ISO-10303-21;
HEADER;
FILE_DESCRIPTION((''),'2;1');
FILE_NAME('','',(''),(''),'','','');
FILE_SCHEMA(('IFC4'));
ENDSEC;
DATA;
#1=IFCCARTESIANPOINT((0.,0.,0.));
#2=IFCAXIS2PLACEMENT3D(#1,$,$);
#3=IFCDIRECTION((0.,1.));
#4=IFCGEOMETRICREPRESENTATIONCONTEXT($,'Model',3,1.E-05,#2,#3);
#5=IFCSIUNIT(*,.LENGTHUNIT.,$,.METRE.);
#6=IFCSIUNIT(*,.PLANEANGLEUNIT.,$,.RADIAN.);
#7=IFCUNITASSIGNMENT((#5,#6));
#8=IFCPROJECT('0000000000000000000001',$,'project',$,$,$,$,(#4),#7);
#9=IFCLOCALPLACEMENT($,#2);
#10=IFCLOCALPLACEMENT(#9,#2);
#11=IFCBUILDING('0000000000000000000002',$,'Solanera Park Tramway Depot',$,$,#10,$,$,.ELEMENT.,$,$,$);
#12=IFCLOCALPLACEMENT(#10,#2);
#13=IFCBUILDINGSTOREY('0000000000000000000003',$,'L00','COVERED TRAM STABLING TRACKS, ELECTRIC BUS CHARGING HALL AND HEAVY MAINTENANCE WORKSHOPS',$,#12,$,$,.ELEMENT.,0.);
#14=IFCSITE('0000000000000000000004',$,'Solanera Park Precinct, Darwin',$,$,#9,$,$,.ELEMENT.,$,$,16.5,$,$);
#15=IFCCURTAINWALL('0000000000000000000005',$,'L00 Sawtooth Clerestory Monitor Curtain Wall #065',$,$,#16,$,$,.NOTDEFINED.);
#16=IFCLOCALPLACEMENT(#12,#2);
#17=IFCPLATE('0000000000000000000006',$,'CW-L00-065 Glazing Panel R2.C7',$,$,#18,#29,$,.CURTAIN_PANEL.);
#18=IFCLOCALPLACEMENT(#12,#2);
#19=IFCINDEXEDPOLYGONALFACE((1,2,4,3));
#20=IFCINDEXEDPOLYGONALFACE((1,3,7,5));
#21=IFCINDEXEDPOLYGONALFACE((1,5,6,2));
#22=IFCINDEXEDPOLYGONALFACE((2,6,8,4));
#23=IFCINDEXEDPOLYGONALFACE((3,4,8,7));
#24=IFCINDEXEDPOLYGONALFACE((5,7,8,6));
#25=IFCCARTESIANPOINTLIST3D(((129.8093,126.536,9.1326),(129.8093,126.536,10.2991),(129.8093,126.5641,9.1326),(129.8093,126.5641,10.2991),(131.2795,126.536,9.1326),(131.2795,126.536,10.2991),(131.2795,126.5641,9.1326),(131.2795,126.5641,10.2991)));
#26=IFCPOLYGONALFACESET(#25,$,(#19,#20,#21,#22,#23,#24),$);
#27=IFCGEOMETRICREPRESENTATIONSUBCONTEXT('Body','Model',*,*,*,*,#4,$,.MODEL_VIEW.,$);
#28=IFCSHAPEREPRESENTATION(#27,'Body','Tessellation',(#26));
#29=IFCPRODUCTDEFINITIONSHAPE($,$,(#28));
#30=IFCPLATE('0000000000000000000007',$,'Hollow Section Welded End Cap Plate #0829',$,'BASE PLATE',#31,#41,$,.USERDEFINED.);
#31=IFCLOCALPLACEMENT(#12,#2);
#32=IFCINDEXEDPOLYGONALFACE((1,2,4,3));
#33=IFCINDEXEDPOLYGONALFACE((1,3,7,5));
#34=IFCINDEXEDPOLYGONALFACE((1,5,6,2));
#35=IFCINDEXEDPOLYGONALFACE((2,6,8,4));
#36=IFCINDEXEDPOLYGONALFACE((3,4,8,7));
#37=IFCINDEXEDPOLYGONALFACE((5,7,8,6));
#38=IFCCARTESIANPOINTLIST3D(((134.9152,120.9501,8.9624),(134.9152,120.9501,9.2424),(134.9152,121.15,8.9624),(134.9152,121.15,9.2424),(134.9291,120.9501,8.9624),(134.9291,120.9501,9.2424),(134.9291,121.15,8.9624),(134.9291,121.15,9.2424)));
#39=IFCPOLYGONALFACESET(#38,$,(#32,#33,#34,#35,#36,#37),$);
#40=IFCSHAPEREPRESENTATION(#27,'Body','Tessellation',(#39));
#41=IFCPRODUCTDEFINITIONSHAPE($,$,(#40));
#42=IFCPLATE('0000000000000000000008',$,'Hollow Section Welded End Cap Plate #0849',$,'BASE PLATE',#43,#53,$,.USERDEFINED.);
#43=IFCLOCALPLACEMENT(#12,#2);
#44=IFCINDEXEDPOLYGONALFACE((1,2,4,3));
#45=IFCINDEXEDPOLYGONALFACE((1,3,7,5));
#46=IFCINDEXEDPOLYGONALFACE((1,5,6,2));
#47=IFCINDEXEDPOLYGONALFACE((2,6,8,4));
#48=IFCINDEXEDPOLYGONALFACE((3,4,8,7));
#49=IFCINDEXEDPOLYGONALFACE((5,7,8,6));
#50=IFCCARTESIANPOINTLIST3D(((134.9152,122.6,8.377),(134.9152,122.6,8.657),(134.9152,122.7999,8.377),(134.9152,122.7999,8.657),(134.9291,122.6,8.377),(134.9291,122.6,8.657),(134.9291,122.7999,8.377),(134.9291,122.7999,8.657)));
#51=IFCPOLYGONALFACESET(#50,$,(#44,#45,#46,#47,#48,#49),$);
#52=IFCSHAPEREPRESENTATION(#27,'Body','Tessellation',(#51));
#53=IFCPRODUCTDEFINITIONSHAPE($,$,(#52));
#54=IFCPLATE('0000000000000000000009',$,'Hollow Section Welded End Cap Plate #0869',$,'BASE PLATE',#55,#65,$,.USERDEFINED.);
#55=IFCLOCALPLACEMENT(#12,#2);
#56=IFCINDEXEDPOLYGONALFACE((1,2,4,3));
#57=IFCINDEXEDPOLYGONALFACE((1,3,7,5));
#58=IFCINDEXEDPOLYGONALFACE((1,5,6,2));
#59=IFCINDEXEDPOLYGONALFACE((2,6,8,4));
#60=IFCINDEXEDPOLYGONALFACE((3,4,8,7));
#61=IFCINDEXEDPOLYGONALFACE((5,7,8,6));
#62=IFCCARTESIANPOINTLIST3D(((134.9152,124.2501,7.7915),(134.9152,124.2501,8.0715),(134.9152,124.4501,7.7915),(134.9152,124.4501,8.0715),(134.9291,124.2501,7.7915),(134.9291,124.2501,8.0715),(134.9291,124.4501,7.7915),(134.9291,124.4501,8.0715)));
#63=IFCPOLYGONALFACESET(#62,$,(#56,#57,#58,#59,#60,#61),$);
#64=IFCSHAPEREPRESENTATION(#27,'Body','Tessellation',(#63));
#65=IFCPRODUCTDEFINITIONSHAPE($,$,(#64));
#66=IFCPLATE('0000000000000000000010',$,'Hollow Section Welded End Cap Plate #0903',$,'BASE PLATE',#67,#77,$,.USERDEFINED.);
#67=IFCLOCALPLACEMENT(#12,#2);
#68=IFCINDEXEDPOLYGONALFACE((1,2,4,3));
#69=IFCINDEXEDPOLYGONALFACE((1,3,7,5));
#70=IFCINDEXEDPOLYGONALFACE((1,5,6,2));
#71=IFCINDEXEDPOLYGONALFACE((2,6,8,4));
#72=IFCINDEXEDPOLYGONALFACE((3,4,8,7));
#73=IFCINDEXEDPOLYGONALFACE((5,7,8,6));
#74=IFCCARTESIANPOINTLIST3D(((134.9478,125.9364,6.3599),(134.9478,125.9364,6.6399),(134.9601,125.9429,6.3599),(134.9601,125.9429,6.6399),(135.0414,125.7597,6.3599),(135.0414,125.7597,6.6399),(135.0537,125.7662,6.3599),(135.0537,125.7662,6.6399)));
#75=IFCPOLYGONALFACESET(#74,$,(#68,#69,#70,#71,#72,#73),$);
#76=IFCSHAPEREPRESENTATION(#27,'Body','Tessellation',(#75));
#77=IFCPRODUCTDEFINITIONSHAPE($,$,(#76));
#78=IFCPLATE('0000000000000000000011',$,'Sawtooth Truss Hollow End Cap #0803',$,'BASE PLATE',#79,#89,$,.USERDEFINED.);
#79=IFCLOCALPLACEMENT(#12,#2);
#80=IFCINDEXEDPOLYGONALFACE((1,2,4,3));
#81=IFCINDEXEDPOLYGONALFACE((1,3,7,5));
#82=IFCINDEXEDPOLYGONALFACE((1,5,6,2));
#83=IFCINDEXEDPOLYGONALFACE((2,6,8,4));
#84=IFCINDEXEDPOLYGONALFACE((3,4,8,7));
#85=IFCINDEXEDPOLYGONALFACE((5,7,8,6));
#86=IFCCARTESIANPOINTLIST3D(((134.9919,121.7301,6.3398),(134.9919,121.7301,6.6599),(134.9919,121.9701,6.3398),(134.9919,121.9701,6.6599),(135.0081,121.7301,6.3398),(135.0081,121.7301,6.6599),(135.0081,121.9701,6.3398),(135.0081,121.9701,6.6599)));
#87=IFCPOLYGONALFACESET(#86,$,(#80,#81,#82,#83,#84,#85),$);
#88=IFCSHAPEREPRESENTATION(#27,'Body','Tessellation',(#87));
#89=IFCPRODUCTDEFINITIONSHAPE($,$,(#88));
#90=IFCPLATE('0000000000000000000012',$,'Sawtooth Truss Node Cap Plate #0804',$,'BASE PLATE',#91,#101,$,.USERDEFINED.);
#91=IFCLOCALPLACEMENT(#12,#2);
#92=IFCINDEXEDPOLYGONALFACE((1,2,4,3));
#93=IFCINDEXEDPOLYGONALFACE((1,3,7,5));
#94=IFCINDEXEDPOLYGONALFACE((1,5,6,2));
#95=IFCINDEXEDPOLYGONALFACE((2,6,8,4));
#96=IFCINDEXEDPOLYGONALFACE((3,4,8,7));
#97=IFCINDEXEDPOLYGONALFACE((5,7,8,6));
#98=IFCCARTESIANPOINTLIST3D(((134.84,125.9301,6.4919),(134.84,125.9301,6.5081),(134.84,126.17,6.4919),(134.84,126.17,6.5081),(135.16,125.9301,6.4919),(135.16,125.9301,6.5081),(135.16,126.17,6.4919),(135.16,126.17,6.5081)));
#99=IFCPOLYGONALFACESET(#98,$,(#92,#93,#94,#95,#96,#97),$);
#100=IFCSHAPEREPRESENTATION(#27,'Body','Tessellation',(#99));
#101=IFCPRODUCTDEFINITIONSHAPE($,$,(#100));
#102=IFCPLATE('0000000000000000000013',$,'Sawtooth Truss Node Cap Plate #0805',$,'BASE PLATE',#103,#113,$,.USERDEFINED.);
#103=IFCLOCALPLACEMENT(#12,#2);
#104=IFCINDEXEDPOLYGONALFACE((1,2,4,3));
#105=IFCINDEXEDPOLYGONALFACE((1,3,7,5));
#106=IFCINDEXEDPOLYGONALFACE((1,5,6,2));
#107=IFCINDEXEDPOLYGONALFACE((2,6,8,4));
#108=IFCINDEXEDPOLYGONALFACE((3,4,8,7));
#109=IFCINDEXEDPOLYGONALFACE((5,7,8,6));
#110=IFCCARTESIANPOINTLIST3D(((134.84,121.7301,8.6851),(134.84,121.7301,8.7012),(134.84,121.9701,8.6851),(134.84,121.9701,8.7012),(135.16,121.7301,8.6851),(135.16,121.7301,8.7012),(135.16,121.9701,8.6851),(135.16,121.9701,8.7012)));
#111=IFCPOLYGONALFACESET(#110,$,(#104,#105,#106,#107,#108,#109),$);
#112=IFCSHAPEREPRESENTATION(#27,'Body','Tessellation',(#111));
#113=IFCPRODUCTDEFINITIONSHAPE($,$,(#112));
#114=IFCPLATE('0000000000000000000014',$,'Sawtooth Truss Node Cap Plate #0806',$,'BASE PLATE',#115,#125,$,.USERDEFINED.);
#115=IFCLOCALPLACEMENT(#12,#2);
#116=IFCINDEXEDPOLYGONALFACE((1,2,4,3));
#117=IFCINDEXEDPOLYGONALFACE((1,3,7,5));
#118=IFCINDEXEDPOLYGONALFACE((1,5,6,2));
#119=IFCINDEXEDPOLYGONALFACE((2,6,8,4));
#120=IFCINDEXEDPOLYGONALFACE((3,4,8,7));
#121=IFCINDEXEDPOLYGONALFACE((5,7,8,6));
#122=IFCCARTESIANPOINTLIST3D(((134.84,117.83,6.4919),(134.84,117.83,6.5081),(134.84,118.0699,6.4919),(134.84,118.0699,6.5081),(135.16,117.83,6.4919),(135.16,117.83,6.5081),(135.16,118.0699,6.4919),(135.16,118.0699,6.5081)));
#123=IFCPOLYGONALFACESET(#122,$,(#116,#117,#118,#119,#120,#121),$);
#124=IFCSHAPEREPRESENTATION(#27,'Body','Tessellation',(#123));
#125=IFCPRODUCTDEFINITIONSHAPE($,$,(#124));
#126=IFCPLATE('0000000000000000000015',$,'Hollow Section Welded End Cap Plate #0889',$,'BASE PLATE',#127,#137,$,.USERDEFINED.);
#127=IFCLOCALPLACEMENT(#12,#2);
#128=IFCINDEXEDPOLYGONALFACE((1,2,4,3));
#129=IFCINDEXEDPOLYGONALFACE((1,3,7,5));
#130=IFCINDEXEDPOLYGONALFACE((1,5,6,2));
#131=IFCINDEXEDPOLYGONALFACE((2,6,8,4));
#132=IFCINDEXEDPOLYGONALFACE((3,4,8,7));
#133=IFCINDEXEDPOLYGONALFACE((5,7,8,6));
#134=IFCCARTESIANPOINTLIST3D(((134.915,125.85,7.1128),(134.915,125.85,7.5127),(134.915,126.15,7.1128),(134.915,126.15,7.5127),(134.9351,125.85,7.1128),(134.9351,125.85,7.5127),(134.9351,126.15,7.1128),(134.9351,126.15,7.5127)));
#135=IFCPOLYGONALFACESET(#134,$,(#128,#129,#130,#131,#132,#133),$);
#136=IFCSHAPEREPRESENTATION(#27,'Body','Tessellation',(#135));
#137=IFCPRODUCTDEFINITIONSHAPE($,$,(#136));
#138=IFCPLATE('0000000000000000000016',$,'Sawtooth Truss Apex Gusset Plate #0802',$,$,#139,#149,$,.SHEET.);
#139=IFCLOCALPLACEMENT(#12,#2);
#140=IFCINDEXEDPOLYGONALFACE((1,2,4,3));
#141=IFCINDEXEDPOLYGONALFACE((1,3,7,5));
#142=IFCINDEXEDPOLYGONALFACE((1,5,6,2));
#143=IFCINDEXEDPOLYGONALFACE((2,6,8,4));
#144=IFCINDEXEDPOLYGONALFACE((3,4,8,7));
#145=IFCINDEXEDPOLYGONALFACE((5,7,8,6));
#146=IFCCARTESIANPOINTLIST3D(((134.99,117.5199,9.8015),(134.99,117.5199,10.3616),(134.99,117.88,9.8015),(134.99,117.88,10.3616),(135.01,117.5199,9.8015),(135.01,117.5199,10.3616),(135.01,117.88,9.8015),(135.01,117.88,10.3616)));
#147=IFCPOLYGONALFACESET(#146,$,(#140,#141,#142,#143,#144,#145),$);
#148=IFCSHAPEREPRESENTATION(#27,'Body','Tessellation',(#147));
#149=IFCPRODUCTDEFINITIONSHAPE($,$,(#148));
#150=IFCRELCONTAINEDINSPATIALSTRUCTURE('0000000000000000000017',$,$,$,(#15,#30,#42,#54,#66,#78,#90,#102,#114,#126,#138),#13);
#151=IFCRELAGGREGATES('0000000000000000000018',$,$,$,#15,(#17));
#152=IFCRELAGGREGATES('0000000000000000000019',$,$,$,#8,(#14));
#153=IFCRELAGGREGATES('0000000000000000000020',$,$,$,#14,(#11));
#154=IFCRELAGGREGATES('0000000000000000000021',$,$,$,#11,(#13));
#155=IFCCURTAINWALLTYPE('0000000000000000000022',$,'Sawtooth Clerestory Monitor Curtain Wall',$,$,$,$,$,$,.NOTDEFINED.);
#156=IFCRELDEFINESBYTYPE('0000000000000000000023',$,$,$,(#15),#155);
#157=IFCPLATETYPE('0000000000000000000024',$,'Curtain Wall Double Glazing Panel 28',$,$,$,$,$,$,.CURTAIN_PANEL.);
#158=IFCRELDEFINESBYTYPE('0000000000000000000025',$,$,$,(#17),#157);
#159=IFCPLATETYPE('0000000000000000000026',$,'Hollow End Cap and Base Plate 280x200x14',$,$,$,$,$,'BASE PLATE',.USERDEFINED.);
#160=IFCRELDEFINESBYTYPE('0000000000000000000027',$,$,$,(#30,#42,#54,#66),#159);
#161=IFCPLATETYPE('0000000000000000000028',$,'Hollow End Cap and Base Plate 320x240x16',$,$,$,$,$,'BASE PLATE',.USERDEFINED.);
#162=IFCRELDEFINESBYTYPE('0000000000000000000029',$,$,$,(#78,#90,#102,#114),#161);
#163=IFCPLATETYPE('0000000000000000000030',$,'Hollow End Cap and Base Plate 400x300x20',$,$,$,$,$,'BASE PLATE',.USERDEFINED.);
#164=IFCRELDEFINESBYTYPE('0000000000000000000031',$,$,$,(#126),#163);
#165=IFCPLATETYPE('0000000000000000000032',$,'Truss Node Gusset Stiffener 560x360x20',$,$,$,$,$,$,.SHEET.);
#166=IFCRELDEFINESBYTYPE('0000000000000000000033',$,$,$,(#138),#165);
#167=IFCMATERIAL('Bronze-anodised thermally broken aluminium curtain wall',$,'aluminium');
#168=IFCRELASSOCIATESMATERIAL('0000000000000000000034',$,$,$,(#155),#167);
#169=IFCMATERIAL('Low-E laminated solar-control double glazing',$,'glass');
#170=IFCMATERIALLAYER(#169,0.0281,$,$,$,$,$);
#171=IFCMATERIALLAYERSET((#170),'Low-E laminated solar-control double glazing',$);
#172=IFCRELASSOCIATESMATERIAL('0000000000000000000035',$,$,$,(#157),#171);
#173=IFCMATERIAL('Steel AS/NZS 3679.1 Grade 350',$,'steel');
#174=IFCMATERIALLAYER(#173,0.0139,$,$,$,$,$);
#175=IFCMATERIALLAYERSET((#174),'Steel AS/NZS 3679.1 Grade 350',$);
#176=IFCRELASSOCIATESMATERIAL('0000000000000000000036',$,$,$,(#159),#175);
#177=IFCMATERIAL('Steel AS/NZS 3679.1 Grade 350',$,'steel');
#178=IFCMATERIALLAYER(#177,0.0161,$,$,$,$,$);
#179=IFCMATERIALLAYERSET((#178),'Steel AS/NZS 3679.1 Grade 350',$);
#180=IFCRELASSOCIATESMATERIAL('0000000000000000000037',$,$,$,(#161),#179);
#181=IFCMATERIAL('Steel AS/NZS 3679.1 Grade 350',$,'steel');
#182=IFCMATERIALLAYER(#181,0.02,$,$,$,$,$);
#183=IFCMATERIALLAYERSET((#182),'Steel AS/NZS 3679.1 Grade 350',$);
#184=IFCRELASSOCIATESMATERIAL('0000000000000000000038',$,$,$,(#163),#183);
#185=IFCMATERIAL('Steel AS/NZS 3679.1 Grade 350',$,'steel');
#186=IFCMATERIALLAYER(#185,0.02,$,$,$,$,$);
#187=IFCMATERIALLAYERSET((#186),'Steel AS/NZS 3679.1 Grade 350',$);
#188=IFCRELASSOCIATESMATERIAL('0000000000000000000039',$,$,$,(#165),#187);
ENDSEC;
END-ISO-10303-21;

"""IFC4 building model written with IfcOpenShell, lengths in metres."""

from ifc_helpers import new_model, si_unit, direction, frame, origin, origin_2d, place, context, subcontext, project, spatial, rectangle, extrude, material, layer, layer_set, type_object, element, aggregate, save


model = new_model("IFC4")

# Units and contexts
model_context = context("Model", 3, precision=1e-05, world=origin(), true_north=direction((0.0, 1.0)))
body_context = subcontext(model_context, "Body", "Model", "MODEL_VIEW")
ifc_project = project(units=[si_unit("LENGTHUNIT", "METRE"), si_unit("PLANEANGLEUNIT", "RADIAN")], contexts=[model_context])

# Site, building, storey
site_placement = place(None, origin())
site = spatial("IfcSite", under=ifc_project, at=site_placement, Name="Solanera Park Precinct, Darwin", CompositionType="ELEMENT", RefElevation=16.5)
building_placement = place(site_placement, origin())
building = spatial("IfcBuilding", under=site, at=building_placement, Name="Solanera Park Tramway Depot", CompositionType="ELEMENT")
storey_placement = place(building_placement, origin())
storey = spatial("IfcBuildingStorey", under=building, at=storey_placement, Name="L00", Description="COVERED TRAM STABLING TRACKS, ELECTRIC BUS CHARGING HALL AND HEAVY MAINTENANCE WORKSHOPS", CompositionType="ELEMENT", Elevation=0.0)

# Shared definitions
ifc_material_1 = material(Name="Bronze-anodised thermally broken aluminium curtain wall", Category="aluminium")
curtain_wall_type = type_object("IfcCurtainWallType", Name="Sawtooth Clerestory Monitor Curtain Wall", PredefinedType="NOTDEFINED", material=ifc_material_1)

# Curtain wall
curtain_wall_1_placement = place(storey_placement, origin())
curtain_wall_1 = element("IfcCurtainWall", 1, at=curtain_wall_1_placement, inside=storey, type_object=curtain_wall_type, Name="L00 Sawtooth Clerestory Monitor Curtain Wall #065", PredefinedType="NOTDEFINED")

# Plate
ifc_material_2 = material(Name="Low-E laminated solar-control double glazing", Category="glass")
ifc_layer_1 = layer(ifc_material_2, 0.0281)
ifc_layer_set_1 = layer_set([ifc_layer_1], Name="Low-E laminated solar-control double glazing")
plate_type_1 = type_object("IfcPlateType", Name="Curtain Wall Double Glazing Panel 28", PredefinedType="CURTAIN_PANEL", material=ifc_layer_set_1)
plate_1_placement = place(storey_placement, frame((130.5444, 126.55, 9.1326), z_axis=(0.0, 0.0, 1.0), x_axis=(1.0, 0.0, 0.0)))
plate_1 = element("IfcPlate", 2, at=plate_1_placement, type_object=plate_type_1, Name="CW-L00-065 Glazing Panel R2.C7", PredefinedType="CURTAIN_PANEL", context=body_context, shape_type="SweptSolid", body=[
    extrude(rectangle(XDim=1.4702, YDim=0.0281, at=origin_2d()), origin(), (0.0, 0.0, 1.0), 1.1665),
])
aggregate(curtain_wall_1, [plate_1])

# Plates
ifc_material_3 = material(Name="Steel AS/NZS 3679.1 Grade 350", Category="steel")
ifc_layer_2 = layer(ifc_material_3, 0.0139)
ifc_layer_set_2 = layer_set([ifc_layer_2], Name="Steel AS/NZS 3679.1 Grade 350")
plate_type_2 = type_object("IfcPlateType", Name="Hollow End Cap and Base Plate 280x200x14", ElementType="BASE PLATE", PredefinedType="USERDEFINED", material=ifc_layer_set_2)
for number, where, z_axis, x_axis, name in (
    (3, (134.9221, 121.05, 8.9624), (0.0, 0.0, 1.0), (1.0, 0.0, 0.0), "Hollow Section Welded End Cap Plate #0829"),
    (4, (134.9221, 122.7, 8.377), (0.0, 0.0, 1.0), (1.0, 0.0, 0.0), "Hollow Section Welded End Cap Plate #0849"),
    (5, (134.9221, 124.3501, 7.7915), (0.0, 0.0, 1.0), (1.0, 0.0, 0.0), "Hollow Section Welded End Cap Plate #0869"),
    (6, (135.0007, 125.8513, 6.3599), (0.0, 0.0, 1.0), (0.883521, 0.468392, 0.0), "Hollow Section Welded End Cap Plate #0903"),
):
    element("IfcPlate", number, at=place(storey_placement, frame(where, z_axis=z_axis, x_axis=x_axis)), inside=storey, type_object=plate_type_2, Name=name, ObjectType="BASE PLATE", PredefinedType="USERDEFINED", context=body_context, shape_type="SweptSolid", body=[
        extrude(rectangle(XDim=0.0139, YDim=0.2, at=origin_2d()), origin(), (0.0, 0.0, 1.0), 0.28),
    ])
ifc_material_4 = material(Name="Steel AS/NZS 3679.1 Grade 350", Category="steel")
ifc_layer_3 = layer(ifc_material_4, 0.0161)
ifc_layer_set_3 = layer_set([ifc_layer_3], Name="Steel AS/NZS 3679.1 Grade 350")
plate_type_3 = type_object("IfcPlateType", Name="Hollow End Cap and Base Plate 320x240x16", ElementType="BASE PLATE", PredefinedType="USERDEFINED", material=ifc_layer_set_3)
plate_2_placement = place(storey_placement, frame((135.0, 121.8501, 6.3398), z_axis=(0.0, 0.0, 1.0), x_axis=(1.0, 0.0, 0.0)))
element("IfcPlate", 7, at=plate_2_placement, inside=storey, type_object=plate_type_3, Name="Sawtooth Truss Hollow End Cap #0803", ObjectType="BASE PLATE", PredefinedType="USERDEFINED", context=body_context, shape_type="SweptSolid", body=[
    extrude(rectangle(XDim=0.0161, YDim=0.24, at=origin_2d()), origin(), (0.0, 0.0, 1.0), 0.3201),
])
for number, where, z_axis, x_axis, name in (
    (8, (135.0, 126.05, 6.4919), (0.0, 0.0, 1.0), (1.0, 0.0, 0.0), "Sawtooth Truss Node Cap Plate #0804"),
    (9, (135.0, 121.8501, 8.6851), (0.0, 0.0, 1.0), (1.0, 0.0, 0.0), "Sawtooth Truss Node Cap Plate #0805"),
    (10, (135.0, 117.95, 6.4919), (0.0, 0.0, 1.0), (1.0, 0.0, 0.0), "Sawtooth Truss Node Cap Plate #0806"),
):
    element("IfcPlate", number, at=place(storey_placement, frame(where, z_axis=z_axis, x_axis=x_axis)), inside=storey, type_object=plate_type_3, Name=name, ObjectType="BASE PLATE", PredefinedType="USERDEFINED", context=body_context, shape_type="SweptSolid", body=[
        extrude(rectangle(XDim=0.3201, YDim=0.24, at=origin_2d()), origin(), (0.0, 0.0, 1.0), 0.0161),
    ])
ifc_material_5 = material(Name="Steel AS/NZS 3679.1 Grade 350", Category="steel")
ifc_layer_4 = layer(ifc_material_5, 0.02)
ifc_layer_set_4 = layer_set([ifc_layer_4], Name="Steel AS/NZS 3679.1 Grade 350")
plate_type_4 = type_object("IfcPlateType", Name="Hollow End Cap and Base Plate 400x300x20", ElementType="BASE PLATE", PredefinedType="USERDEFINED", material=ifc_layer_set_4)
plate_3_placement = place(storey_placement, frame((134.925, 126.0, 7.1128), z_axis=(0.0, 0.0, 1.0), x_axis=(1.0, 0.0, 0.0)))
element("IfcPlate", 11, at=plate_3_placement, inside=storey, type_object=plate_type_4, Name="Hollow Section Welded End Cap Plate #0889", ObjectType="BASE PLATE", PredefinedType="USERDEFINED", context=body_context, shape_type="SweptSolid", body=[
    extrude(rectangle(XDim=0.02, YDim=0.3, at=origin_2d()), origin(), (0.0, 0.0, 1.0), 0.3999),
])
ifc_material_6 = material(Name="Steel AS/NZS 3679.1 Grade 350", Category="steel")
ifc_layer_5 = layer(ifc_material_6, 0.02)
ifc_layer_set_5 = layer_set([ifc_layer_5], Name="Steel AS/NZS 3679.1 Grade 350")
plate_type_5 = type_object("IfcPlateType", Name="Truss Node Gusset Stiffener 560x360x20", PredefinedType="SHEET", material=ifc_layer_set_5)
plate_4_placement = place(storey_placement, frame((135.0, 117.7, 9.8015), z_axis=(0.0, 0.0, 1.0), x_axis=(1.0, 0.0, 0.0)))
element("IfcPlate", 12, at=plate_4_placement, inside=storey, type_object=plate_type_5, Name="Sawtooth Truss Apex Gusset Plate #0802", PredefinedType="SHEET", context=body_context, shape_type="SweptSolid", body=[
    extrude(rectangle(XDim=0.02, YDim=0.3601, at=origin_2d()), origin(), (0.0, 0.0, 1.0), 0.5601),
])

save(model, "model.ifc")
